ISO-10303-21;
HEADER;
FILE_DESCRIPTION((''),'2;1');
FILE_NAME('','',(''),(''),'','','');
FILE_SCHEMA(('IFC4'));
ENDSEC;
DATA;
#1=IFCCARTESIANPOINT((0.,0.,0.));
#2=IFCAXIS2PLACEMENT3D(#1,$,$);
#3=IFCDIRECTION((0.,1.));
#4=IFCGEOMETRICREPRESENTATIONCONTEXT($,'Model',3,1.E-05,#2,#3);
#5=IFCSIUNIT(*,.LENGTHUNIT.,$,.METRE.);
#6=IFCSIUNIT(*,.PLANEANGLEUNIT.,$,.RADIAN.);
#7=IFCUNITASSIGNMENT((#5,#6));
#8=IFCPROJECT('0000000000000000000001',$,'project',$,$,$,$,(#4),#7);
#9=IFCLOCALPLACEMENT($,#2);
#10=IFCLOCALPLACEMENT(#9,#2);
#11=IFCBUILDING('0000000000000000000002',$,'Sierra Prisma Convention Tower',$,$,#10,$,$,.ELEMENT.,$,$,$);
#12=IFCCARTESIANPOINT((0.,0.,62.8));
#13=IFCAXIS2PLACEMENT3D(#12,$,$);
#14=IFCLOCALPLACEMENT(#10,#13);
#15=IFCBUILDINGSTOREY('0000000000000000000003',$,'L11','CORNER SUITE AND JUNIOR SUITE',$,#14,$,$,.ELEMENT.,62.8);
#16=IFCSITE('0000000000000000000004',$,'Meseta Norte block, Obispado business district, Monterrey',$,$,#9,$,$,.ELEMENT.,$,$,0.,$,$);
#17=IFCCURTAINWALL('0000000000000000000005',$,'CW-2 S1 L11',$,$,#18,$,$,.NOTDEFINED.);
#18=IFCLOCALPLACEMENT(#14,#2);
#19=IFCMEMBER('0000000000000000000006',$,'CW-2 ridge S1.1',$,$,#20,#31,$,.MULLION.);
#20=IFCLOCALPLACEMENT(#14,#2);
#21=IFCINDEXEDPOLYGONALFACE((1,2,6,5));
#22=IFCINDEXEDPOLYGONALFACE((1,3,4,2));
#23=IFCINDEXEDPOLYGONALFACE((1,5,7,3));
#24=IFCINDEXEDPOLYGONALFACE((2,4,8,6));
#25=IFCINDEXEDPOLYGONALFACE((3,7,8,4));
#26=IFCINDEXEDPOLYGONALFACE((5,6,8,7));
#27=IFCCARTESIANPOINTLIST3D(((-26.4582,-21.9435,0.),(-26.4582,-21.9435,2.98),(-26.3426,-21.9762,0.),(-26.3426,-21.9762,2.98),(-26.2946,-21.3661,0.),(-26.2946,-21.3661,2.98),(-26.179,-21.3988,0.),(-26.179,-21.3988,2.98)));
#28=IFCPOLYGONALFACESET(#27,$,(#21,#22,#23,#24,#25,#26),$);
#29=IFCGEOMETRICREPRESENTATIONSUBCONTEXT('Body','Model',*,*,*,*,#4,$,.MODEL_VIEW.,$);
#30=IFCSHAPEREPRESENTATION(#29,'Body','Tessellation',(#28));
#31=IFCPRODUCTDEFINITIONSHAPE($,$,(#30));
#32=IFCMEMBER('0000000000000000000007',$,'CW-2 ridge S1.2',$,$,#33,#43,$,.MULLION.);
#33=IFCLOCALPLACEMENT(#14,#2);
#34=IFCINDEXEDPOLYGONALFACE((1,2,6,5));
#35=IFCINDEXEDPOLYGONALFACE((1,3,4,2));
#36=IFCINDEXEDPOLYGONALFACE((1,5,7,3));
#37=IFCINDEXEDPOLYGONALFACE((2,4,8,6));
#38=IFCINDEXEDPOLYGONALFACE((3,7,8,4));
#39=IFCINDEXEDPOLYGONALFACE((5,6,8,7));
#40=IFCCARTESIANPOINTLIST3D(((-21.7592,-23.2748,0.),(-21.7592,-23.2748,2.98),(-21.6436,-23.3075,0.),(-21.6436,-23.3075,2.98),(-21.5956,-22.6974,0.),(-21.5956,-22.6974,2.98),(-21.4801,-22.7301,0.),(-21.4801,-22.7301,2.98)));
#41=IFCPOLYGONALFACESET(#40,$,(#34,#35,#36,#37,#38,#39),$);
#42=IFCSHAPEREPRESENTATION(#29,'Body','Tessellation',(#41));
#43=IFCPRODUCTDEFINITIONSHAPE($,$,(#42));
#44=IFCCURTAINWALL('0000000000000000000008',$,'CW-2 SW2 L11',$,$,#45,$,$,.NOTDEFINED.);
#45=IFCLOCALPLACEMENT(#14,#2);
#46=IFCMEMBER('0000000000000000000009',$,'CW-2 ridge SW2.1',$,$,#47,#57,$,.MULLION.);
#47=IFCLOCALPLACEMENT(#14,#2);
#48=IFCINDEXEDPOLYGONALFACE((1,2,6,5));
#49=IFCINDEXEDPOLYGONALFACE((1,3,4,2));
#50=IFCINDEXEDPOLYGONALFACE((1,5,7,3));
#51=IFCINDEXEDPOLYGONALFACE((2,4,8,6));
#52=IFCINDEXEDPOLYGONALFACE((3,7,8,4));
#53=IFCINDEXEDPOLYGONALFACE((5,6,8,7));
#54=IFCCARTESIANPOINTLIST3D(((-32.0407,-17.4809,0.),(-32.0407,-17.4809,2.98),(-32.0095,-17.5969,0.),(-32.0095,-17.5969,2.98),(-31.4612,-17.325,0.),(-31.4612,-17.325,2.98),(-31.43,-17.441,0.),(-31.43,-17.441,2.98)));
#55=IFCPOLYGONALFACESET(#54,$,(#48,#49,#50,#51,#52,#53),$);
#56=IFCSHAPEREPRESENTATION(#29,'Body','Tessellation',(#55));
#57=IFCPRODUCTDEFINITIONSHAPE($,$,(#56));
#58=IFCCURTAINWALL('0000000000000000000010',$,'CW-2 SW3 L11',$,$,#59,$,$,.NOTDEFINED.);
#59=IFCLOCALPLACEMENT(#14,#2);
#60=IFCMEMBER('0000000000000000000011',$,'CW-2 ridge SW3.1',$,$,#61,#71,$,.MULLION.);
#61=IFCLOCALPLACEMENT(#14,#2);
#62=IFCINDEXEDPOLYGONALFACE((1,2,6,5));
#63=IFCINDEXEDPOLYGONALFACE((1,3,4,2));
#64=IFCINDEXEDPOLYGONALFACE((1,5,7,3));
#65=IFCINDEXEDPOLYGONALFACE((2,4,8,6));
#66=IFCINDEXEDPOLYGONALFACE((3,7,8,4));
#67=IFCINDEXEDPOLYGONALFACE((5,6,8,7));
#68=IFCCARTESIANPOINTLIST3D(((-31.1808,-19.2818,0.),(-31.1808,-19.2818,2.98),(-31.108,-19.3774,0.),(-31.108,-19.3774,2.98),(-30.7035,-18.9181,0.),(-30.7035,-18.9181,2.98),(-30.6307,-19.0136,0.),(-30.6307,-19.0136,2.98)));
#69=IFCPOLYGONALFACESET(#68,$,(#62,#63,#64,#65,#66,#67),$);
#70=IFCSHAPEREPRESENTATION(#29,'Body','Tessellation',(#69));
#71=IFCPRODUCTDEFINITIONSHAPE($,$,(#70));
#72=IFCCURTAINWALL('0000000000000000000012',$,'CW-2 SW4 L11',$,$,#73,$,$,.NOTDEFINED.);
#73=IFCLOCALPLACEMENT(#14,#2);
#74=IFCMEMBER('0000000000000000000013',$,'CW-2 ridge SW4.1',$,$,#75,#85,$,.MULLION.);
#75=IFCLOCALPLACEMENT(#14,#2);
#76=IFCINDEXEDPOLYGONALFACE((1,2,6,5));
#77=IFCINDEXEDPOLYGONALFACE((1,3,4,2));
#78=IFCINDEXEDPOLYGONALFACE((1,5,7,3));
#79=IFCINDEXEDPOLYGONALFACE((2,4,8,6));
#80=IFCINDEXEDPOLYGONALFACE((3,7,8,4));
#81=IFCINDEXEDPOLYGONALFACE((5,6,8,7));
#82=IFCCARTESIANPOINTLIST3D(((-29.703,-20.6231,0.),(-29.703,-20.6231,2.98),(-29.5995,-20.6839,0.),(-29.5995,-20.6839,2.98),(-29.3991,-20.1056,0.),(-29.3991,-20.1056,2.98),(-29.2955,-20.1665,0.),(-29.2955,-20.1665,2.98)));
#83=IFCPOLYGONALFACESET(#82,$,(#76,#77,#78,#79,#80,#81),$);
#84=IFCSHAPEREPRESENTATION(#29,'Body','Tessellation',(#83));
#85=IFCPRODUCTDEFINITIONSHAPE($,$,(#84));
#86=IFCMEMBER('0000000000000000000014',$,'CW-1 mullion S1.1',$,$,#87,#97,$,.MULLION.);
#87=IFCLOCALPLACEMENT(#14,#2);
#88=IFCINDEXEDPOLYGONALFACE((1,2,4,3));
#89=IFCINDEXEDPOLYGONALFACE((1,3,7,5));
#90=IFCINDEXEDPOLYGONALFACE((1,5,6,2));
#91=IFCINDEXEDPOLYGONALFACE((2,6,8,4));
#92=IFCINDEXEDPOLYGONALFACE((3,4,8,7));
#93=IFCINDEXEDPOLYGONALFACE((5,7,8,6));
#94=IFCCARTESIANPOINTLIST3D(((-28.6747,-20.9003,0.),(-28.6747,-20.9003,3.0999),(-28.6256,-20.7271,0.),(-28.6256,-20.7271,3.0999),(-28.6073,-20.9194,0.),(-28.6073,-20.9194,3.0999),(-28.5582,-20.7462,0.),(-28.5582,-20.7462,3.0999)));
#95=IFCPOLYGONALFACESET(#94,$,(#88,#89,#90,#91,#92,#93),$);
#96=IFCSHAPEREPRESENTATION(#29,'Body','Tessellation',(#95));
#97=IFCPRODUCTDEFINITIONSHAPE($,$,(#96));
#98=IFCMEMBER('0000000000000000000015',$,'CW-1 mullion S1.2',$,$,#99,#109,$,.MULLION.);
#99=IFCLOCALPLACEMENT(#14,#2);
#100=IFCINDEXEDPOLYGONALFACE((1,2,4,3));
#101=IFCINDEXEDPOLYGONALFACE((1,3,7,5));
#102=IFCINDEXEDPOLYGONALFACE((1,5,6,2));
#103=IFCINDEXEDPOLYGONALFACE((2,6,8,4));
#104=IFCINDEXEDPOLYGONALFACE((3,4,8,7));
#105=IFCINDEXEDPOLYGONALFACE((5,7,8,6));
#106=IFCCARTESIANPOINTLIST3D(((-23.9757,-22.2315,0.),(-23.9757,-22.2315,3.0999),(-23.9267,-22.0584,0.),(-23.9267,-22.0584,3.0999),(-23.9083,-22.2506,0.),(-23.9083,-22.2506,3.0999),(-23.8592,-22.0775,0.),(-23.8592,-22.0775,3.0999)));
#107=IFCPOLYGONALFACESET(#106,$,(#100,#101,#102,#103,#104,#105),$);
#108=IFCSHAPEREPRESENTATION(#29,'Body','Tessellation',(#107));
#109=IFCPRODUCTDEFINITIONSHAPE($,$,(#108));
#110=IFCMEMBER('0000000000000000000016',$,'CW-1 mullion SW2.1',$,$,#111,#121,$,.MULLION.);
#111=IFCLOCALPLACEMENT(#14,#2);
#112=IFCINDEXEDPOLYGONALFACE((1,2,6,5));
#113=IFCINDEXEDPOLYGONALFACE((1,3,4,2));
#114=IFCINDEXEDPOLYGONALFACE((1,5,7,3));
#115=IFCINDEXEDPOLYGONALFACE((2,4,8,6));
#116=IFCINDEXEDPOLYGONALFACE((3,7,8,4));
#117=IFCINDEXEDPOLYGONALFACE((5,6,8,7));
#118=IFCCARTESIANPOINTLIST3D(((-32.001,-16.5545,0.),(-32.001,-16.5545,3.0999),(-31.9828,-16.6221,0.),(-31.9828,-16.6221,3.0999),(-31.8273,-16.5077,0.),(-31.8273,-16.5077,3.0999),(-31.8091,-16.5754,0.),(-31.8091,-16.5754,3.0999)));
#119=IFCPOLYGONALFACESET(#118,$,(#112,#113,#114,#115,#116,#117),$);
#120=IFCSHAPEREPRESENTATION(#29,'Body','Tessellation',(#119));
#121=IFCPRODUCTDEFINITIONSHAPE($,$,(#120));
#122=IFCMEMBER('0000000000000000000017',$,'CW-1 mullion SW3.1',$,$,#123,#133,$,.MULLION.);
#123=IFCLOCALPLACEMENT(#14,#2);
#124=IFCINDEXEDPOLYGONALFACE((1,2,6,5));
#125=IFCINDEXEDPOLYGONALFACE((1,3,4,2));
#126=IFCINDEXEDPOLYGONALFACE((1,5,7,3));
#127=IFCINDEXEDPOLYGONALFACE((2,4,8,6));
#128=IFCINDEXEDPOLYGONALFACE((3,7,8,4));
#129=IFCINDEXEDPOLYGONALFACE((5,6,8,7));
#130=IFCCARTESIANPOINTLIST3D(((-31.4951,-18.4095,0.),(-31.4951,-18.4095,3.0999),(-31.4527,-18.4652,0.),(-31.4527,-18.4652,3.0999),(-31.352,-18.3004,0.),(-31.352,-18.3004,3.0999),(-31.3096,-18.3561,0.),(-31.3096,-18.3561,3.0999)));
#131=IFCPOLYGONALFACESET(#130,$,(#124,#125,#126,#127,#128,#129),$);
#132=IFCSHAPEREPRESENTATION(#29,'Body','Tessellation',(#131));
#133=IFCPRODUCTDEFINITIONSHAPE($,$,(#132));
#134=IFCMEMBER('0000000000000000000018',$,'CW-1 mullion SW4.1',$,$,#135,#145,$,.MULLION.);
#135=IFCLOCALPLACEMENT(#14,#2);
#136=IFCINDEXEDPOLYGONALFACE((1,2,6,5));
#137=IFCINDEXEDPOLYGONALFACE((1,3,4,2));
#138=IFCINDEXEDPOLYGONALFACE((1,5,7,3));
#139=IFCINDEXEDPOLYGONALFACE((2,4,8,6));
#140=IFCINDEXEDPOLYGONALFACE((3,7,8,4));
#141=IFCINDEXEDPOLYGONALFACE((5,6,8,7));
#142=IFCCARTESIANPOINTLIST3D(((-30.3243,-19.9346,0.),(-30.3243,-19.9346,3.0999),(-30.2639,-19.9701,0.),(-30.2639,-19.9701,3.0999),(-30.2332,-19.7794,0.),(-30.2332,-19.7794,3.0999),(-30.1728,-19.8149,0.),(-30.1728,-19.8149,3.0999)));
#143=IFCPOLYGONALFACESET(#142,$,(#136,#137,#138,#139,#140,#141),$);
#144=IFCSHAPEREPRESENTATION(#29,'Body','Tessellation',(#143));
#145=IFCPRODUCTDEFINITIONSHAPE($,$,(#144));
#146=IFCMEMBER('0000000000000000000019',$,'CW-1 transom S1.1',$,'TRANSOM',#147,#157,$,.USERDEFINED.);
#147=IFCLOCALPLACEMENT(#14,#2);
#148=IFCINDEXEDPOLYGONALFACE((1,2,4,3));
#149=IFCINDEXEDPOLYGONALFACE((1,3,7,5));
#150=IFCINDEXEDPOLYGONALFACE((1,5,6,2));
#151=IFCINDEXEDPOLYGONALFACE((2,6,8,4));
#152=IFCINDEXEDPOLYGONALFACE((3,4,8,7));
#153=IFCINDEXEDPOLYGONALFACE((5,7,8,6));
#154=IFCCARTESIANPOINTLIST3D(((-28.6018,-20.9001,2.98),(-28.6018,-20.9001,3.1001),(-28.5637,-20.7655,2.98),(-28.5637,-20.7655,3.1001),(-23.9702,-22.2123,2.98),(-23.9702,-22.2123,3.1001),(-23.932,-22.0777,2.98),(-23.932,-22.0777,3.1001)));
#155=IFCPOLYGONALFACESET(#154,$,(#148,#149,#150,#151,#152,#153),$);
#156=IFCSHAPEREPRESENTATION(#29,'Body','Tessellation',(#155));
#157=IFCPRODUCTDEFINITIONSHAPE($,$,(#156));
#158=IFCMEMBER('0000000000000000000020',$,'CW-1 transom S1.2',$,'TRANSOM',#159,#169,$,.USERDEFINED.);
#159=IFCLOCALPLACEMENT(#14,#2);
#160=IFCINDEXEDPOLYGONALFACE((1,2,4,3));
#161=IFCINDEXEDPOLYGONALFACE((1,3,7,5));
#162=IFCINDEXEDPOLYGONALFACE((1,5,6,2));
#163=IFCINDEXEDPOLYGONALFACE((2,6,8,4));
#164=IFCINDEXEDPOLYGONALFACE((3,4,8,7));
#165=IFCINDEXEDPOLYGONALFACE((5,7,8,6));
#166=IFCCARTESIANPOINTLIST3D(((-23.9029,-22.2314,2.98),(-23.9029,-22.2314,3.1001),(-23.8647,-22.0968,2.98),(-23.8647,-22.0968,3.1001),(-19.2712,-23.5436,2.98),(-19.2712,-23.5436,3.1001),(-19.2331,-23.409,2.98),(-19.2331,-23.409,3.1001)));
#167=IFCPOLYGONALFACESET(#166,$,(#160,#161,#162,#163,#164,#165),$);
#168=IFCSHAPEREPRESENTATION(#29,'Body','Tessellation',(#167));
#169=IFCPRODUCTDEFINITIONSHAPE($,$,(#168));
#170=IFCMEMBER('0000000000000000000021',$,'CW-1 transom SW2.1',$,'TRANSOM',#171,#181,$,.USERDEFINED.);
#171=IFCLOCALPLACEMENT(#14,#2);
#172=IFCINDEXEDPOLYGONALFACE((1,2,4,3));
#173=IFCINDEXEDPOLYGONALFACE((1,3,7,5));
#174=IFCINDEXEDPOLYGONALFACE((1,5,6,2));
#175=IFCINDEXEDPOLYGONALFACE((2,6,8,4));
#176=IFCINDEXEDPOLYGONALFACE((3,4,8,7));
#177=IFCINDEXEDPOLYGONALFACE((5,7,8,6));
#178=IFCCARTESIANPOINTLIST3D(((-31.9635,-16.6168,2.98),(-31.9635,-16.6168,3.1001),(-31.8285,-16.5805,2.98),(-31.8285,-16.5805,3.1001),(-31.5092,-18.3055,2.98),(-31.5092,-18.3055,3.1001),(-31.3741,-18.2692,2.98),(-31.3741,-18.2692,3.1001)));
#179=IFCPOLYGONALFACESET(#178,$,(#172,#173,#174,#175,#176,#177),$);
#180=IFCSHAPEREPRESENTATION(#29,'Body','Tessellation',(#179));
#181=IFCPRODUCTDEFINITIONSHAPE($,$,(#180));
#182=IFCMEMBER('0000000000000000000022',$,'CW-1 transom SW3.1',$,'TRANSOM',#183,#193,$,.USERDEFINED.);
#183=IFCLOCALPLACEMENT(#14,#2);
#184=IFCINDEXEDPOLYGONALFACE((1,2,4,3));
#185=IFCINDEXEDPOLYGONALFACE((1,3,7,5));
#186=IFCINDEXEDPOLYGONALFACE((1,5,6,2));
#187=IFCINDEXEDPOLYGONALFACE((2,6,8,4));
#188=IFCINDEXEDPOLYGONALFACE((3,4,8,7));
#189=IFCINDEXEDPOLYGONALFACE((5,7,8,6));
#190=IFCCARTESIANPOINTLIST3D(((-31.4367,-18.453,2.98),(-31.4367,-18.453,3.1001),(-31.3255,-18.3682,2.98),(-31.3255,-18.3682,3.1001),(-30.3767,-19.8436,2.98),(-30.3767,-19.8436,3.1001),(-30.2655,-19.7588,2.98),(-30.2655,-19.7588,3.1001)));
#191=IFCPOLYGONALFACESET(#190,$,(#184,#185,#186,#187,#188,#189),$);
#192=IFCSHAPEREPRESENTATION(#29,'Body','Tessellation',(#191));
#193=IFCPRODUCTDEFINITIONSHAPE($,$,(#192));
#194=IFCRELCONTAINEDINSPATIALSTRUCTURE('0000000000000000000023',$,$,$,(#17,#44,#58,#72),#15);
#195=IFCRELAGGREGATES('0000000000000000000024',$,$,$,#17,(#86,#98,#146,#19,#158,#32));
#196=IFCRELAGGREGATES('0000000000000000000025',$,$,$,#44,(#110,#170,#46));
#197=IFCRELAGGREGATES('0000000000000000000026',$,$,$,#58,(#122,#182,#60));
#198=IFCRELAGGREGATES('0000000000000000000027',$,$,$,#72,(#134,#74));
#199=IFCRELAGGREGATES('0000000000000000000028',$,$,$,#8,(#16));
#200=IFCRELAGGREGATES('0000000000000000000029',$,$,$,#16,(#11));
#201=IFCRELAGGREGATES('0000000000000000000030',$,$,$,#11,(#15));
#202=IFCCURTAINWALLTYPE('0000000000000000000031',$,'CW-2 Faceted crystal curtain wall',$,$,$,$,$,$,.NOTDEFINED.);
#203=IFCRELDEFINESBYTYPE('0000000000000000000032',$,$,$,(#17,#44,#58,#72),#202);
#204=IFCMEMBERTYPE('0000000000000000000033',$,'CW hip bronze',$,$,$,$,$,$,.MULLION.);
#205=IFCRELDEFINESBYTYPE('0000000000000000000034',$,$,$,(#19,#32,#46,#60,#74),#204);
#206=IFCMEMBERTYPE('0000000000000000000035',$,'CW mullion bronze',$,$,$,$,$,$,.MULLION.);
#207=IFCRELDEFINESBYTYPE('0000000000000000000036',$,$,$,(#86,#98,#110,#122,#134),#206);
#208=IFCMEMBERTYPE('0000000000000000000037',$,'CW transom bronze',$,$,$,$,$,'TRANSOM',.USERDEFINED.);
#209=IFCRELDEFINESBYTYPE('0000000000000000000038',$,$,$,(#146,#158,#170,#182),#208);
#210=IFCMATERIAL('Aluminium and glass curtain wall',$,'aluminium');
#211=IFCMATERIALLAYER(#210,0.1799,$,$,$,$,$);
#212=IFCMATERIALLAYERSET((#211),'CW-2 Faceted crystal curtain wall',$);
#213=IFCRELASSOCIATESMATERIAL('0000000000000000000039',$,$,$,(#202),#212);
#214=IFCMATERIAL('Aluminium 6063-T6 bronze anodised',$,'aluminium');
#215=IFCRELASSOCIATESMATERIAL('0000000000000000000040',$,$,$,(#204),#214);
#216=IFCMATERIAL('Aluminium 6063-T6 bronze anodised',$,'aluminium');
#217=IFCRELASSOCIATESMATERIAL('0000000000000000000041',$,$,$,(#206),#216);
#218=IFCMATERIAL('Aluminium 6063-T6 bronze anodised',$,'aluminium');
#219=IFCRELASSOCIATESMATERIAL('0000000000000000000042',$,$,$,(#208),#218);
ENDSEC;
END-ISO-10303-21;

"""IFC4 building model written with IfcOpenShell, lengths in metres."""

from ifc_helpers import new_model, si_unit, direction, frame, origin, origin_2d, place, context, subcontext, project, spatial, rectangle, extrude, material, layer, layer_set, material_profile, profile_set, type_object, element, aggregate, save


model = new_model("IFC4")

# Units and contexts
model_context = context("Model", 3, precision=1e-05, world=origin(), true_north=direction((0.0, 1.0)))
body_context = subcontext(model_context, "Body", "Model", "MODEL_VIEW")
ifc_project = project(units=[si_unit("LENGTHUNIT", "METRE"), si_unit("PLANEANGLEUNIT", "RADIAN")], contexts=[model_context])

# Site, building, storey
site_placement = place(None, origin())
site = spatial("IfcSite", under=ifc_project, at=site_placement, Name="Meseta Norte block, Obispado business district, Monterrey", CompositionType="ELEMENT", RefElevation=0.0)
building_placement = place(site_placement, origin())
building = spatial("IfcBuilding", under=site, at=building_placement, Name="Sierra Prisma Convention Tower", CompositionType="ELEMENT")
storey_placement = place(building_placement, frame((0.0, 0.0, 62.8)))
storey = spatial("IfcBuildingStorey", under=building, at=storey_placement, Name="L11", Description="CORNER SUITE AND JUNIOR SUITE", CompositionType="ELEMENT", Elevation=62.8)

# Curtain wall, members
ifc_material_1 = material(Name="Aluminium and glass curtain wall", Category="aluminium")
ifc_layer_1 = layer(ifc_material_1, 0.1799)
ifc_layer_set_1 = layer_set([ifc_layer_1], Name="CW-2 Faceted crystal curtain wall")
curtain_wall_type = type_object("IfcCurtainWallType", Name="CW-2 Faceted crystal curtain wall", PredefinedType="NOTDEFINED", material=ifc_layer_set_1)
curtain_wall_1_placement = place(storey_placement, origin())
curtain_wall_1 = element("IfcCurtainWall", 1, at=curtain_wall_1_placement, inside=storey, type_object=curtain_wall_type, Name="CW-2 S1 L11", PredefinedType="NOTDEFINED")
ifc_material_2 = material(Name="Aluminium 6063-T6 bronze anodised", Category="aluminium")
ifc_material_profile_1 = material_profile(ifc_material_2, rectangle(XDim=0.1201, YDim=0.6001, at=origin_2d()), Name="ALU RIDGE BLADE 120x600")
ifc_profile_set_1 = profile_set([ifc_material_profile_1], Name="Aluminium 6063-T6 bronze anodised")
member_type_1 = type_object("IfcMemberType", Name="CW hip bronze", PredefinedType="MULLION", material=ifc_profile_set_1)
member_1_placement = place(storey_placement, frame((-26.3186, -21.6711, 0.0), z_axis=(0.0, 0.0, 1.0), x_axis=(0.962131, -0.272588, 0.0)))
member_1 = element("IfcMember", 2, at=member_1_placement, type_object=member_type_1, Name="CW-2 ridge S1.1", PredefinedType="MULLION", context=body_context, shape_type="SweptSolid", body=[
    extrude(rectangle(XDim=0.1201, YDim=0.6001, at=origin_2d()), origin(), (0.0, 0.0, 1.0), 2.98),
])
member_2_placement = place(storey_placement, frame((-21.6196, -23.0024, 0.0), z_axis=(0.0, 0.0, 1.0), x_axis=(0.962131, -0.272588, 0.0)))
member_2 = element("IfcMember", 3, at=member_2_placement, type_object=member_type_1, Name="CW-2 ridge S1.2", PredefinedType="MULLION", context=body_context, shape_type="SweptSolid", body=[
    extrude(rectangle(XDim=0.1201, YDim=0.6001, at=origin_2d()), origin(), (0.0, 0.0, 1.0), 2.98),
])

# Curtain walls, members
curtain_wall_2_placement = place(storey_placement, origin())
curtain_wall_2 = element("IfcCurtainWall", 4, at=curtain_wall_2_placement, inside=storey, type_object=curtain_wall_type, Name="CW-2 SW2 L11", PredefinedType="NOTDEFINED")
member_3_placement = place(storey_placement, frame((-31.7354, -17.4609, 0.0), z_axis=(0.0, 0.0, 1.0), x_axis=(0.259788, -0.965666, 0.0)))
member_3 = element("IfcMember", 5, at=member_3_placement, type_object=member_type_1, Name="CW-2 ridge SW2.1", PredefinedType="MULLION", context=body_context, shape_type="SweptSolid", body=[
    extrude(rectangle(XDim=0.1201, YDim=0.6001, at=origin_2d()), origin(), (0.0, 0.0, 1.0), 2.98),
])
curtain_wall_3_placement = place(storey_placement, origin())
curtain_wall_3 = element("IfcCurtainWall", 6, at=curtain_wall_3_placement, inside=storey, type_object=curtain_wall_type, Name="CW-2 SW3 L11", PredefinedType="NOTDEFINED")
member_4_placement = place(storey_placement, frame((-30.9058, -19.1477, 0.0), z_axis=(0.0, 0.0, 1.0), x_axis=(0.606179, -0.795328, 0.0)))
member_4 = element("IfcMember", 7, at=member_4_placement, type_object=member_type_1, Name="CW-2 ridge SW3.1", PredefinedType="MULLION", context=body_context, shape_type="SweptSolid", body=[
    extrude(rectangle(XDim=0.1201, YDim=0.6001, at=origin_2d()), origin(), (0.0, 0.0, 1.0), 2.98),
])
curtain_wall_4_placement = place(storey_placement, origin())
curtain_wall_4 = element("IfcCurtainWall", 8, at=curtain_wall_4_placement, inside=storey, type_object=curtain_wall_type, Name="CW-2 SW4 L11", PredefinedType="NOTDEFINED")
member_5_placement = place(storey_placement, frame((-29.4993, -20.3948, 0.0), z_axis=(0.0, 0.0, 1.0), x_axis=(0.862249, -0.506485, 0.0)))
member_5 = element("IfcMember", 9, at=member_5_placement, type_object=member_type_1, Name="CW-2 ridge SW4.1", PredefinedType="MULLION", context=body_context, shape_type="SweptSolid", body=[
    extrude(rectangle(XDim=0.1201, YDim=0.6001, at=origin_2d()), origin(), (0.0, 0.0, 1.0), 2.98),
])

# Members
ifc_material_3 = material(Name="Aluminium 6063-T6 bronze anodised", Category="aluminium")
ifc_material_profile_2 = material_profile(ifc_material_3, rectangle(XDim=0.1799, YDim=0.0701, at=origin_2d()), Name="ALU MULLION 70x180")
ifc_profile_set_2 = profile_set([ifc_material_profile_2], Name="Aluminium 6063-T6 bronze anodised")
member_type_2 = type_object("IfcMemberType", Name="CW mullion bronze", PredefinedType="MULLION", material=ifc_profile_set_2)
member_6_placement = place(storey_placement, frame((-28.6165, -20.8232, 0.0), z_axis=(0.0, 0.0, 1.0), x_axis=(0.272588, 0.962131, 0.0)))
member_6 = element("IfcMember", 10, at=member_6_placement, type_object=member_type_2, Name="CW-1 mullion S1.1", PredefinedType="MULLION", context=body_context, shape_type="SweptSolid", body=[
    extrude(rectangle(XDim=0.1799, YDim=0.0701, at=origin_2d()), origin(), (0.0, 0.0, 1.0), 3.0999),
])
member_7_placement = place(storey_placement, frame((-23.9175, -22.1545, 0.0), z_axis=(0.0, 0.0, 1.0), x_axis=(0.272588, 0.962131, 0.0)))
member_7 = element("IfcMember", 11, at=member_7_placement, type_object=member_type_2, Name="CW-1 mullion S1.2", PredefinedType="MULLION", context=body_context, shape_type="SweptSolid", body=[
    extrude(rectangle(XDim=0.1799, YDim=0.0701, at=origin_2d()), origin(), (0.0, 0.0, 1.0), 3.0999),
])
member_8_placement = place(storey_placement, frame((-31.905, -16.5649, 0.0), z_axis=(0.0, 0.0, 1.0), x_axis=(0.965666, 0.259788, 0.0)))
member_8 = element("IfcMember", 12, at=member_8_placement, type_object=member_type_2, Name="CW-1 mullion SW2.1", PredefinedType="MULLION", context=body_context, shape_type="SweptSolid", body=[
    extrude(rectangle(XDim=0.1799, YDim=0.0701, at=origin_2d()), origin(), (0.0, 0.0, 1.0), 3.0999),
])
member_9_placement = place(storey_placement, frame((-31.4023, -18.3828, 0.0), z_axis=(0.0, 0.0, 1.0), x_axis=(0.795328, 0.606179, 0.0)))
member_9 = element("IfcMember", 13, at=member_9_placement, type_object=member_type_2, Name="CW-1 mullion SW3.1", PredefinedType="MULLION", context=body_context, shape_type="SweptSolid", body=[
    extrude(rectangle(XDim=0.1799, YDim=0.0701, at=origin_2d()), origin(), (0.0, 0.0, 1.0), 3.0999),
])
member_10_placement = place(storey_placement, frame((-30.2485, -19.8748, 0.0), z_axis=(0.0, 0.0, 1.0), x_axis=(0.506485, 0.862249, 0.0)))
member_10 = element("IfcMember", 14, at=member_10_placement, type_object=member_type_2, Name="CW-1 mullion SW4.1", PredefinedType="MULLION", context=body_context, shape_type="SweptSolid", body=[
    extrude(rectangle(XDim=0.1799, YDim=0.0701, at=origin_2d()), origin(), (0.0, 0.0, 1.0), 3.0999),
])
ifc_material_4 = material(Name="Aluminium 6063-T6 bronze anodised", Category="aluminium")
ifc_material_profile_3 = material_profile(ifc_material_4, rectangle(XDim=0.1399, YDim=0.1201, at=origin_2d()), Name="ALU TRANSOM 120x140")
ifc_profile_set_3 = profile_set([ifc_material_profile_3], Name="Aluminium 6063-T6 bronze anodised")
member_type_3 = type_object("IfcMemberType", Name="CW transom bronze", ElementType="TRANSOM", PredefinedType="USERDEFINED", material=ifc_profile_set_3)
member_11_placement = place(storey_placement, frame((-28.5828, -20.8328, 3.04), z_axis=(0.962128, -0.272597, 0.0), x_axis=(0.272597, 0.962128, 0.0)))
member_11 = element("IfcMember", 15, at=member_11_placement, type_object=member_type_3, Name="CW-1 transom S1.1", ObjectType="TRANSOM", PredefinedType="USERDEFINED", context=body_context, shape_type="SweptSolid", body=[
    extrude(rectangle(XDim=0.1399, YDim=0.1201, at=origin_2d()), origin(), (0.0, 0.0, 1.0), 4.814),
])
member_12_placement = place(storey_placement, frame((-23.8838, -22.1641, 3.04), z_axis=(0.962128, -0.272597, 0.0), x_axis=(0.272597, 0.962128, 0.0)))
member_12 = element("IfcMember", 16, at=member_12_placement, type_object=member_type_3, Name="CW-1 transom S1.2", ObjectType="TRANSOM", PredefinedType="USERDEFINED", context=body_context, shape_type="SweptSolid", body=[
    extrude(rectangle(XDim=0.1399, YDim=0.1201, at=origin_2d()), origin(), (0.0, 0.0, 1.0), 4.814),
])
member_13_placement = place(storey_placement, frame((-31.896, -16.5986, 3.04), z_axis=(0.259808, -0.96566, 0.0), x_axis=(0.96566, 0.259808, 0.0)))
member_13 = element("IfcMember", 17, at=member_13_placement, type_object=member_type_3, Name="CW-1 transom SW2.1", ObjectType="TRANSOM", PredefinedType="USERDEFINED", context=body_context, shape_type="SweptSolid", body=[
    extrude(rectangle(XDim=0.1399, YDim=0.1201, at=origin_2d()), origin(), (0.0, 0.0, 1.0), 1.7488),
])
member_14_placement = place(storey_placement, frame((-31.3811, -18.4106, 3.04), z_axis=(0.606237, -0.795284, 0.0), x_axis=(0.795284, 0.606237, 0.0)))
member_14 = element("IfcMember", 18, at=member_14_placement, type_object=member_type_3, Name="CW-1 transom SW3.1", ObjectType="TRANSOM", PredefinedType="USERDEFINED", context=body_context, shape_type="SweptSolid", body=[
    extrude(rectangle(XDim=0.1399, YDim=0.1201, at=origin_2d()), origin(), (0.0, 0.0, 1.0), 1.7485),
])

aggregate(curtain_wall_1, [member_6, member_7, member_11, member_1, member_12, member_2])

aggregate(curtain_wall_2, [member_8, member_13, member_3])
aggregate(curtain_wall_3, [member_9, member_14, member_4])
aggregate(curtain_wall_4, [member_10, member_5])

save(model, "model.ifc")
